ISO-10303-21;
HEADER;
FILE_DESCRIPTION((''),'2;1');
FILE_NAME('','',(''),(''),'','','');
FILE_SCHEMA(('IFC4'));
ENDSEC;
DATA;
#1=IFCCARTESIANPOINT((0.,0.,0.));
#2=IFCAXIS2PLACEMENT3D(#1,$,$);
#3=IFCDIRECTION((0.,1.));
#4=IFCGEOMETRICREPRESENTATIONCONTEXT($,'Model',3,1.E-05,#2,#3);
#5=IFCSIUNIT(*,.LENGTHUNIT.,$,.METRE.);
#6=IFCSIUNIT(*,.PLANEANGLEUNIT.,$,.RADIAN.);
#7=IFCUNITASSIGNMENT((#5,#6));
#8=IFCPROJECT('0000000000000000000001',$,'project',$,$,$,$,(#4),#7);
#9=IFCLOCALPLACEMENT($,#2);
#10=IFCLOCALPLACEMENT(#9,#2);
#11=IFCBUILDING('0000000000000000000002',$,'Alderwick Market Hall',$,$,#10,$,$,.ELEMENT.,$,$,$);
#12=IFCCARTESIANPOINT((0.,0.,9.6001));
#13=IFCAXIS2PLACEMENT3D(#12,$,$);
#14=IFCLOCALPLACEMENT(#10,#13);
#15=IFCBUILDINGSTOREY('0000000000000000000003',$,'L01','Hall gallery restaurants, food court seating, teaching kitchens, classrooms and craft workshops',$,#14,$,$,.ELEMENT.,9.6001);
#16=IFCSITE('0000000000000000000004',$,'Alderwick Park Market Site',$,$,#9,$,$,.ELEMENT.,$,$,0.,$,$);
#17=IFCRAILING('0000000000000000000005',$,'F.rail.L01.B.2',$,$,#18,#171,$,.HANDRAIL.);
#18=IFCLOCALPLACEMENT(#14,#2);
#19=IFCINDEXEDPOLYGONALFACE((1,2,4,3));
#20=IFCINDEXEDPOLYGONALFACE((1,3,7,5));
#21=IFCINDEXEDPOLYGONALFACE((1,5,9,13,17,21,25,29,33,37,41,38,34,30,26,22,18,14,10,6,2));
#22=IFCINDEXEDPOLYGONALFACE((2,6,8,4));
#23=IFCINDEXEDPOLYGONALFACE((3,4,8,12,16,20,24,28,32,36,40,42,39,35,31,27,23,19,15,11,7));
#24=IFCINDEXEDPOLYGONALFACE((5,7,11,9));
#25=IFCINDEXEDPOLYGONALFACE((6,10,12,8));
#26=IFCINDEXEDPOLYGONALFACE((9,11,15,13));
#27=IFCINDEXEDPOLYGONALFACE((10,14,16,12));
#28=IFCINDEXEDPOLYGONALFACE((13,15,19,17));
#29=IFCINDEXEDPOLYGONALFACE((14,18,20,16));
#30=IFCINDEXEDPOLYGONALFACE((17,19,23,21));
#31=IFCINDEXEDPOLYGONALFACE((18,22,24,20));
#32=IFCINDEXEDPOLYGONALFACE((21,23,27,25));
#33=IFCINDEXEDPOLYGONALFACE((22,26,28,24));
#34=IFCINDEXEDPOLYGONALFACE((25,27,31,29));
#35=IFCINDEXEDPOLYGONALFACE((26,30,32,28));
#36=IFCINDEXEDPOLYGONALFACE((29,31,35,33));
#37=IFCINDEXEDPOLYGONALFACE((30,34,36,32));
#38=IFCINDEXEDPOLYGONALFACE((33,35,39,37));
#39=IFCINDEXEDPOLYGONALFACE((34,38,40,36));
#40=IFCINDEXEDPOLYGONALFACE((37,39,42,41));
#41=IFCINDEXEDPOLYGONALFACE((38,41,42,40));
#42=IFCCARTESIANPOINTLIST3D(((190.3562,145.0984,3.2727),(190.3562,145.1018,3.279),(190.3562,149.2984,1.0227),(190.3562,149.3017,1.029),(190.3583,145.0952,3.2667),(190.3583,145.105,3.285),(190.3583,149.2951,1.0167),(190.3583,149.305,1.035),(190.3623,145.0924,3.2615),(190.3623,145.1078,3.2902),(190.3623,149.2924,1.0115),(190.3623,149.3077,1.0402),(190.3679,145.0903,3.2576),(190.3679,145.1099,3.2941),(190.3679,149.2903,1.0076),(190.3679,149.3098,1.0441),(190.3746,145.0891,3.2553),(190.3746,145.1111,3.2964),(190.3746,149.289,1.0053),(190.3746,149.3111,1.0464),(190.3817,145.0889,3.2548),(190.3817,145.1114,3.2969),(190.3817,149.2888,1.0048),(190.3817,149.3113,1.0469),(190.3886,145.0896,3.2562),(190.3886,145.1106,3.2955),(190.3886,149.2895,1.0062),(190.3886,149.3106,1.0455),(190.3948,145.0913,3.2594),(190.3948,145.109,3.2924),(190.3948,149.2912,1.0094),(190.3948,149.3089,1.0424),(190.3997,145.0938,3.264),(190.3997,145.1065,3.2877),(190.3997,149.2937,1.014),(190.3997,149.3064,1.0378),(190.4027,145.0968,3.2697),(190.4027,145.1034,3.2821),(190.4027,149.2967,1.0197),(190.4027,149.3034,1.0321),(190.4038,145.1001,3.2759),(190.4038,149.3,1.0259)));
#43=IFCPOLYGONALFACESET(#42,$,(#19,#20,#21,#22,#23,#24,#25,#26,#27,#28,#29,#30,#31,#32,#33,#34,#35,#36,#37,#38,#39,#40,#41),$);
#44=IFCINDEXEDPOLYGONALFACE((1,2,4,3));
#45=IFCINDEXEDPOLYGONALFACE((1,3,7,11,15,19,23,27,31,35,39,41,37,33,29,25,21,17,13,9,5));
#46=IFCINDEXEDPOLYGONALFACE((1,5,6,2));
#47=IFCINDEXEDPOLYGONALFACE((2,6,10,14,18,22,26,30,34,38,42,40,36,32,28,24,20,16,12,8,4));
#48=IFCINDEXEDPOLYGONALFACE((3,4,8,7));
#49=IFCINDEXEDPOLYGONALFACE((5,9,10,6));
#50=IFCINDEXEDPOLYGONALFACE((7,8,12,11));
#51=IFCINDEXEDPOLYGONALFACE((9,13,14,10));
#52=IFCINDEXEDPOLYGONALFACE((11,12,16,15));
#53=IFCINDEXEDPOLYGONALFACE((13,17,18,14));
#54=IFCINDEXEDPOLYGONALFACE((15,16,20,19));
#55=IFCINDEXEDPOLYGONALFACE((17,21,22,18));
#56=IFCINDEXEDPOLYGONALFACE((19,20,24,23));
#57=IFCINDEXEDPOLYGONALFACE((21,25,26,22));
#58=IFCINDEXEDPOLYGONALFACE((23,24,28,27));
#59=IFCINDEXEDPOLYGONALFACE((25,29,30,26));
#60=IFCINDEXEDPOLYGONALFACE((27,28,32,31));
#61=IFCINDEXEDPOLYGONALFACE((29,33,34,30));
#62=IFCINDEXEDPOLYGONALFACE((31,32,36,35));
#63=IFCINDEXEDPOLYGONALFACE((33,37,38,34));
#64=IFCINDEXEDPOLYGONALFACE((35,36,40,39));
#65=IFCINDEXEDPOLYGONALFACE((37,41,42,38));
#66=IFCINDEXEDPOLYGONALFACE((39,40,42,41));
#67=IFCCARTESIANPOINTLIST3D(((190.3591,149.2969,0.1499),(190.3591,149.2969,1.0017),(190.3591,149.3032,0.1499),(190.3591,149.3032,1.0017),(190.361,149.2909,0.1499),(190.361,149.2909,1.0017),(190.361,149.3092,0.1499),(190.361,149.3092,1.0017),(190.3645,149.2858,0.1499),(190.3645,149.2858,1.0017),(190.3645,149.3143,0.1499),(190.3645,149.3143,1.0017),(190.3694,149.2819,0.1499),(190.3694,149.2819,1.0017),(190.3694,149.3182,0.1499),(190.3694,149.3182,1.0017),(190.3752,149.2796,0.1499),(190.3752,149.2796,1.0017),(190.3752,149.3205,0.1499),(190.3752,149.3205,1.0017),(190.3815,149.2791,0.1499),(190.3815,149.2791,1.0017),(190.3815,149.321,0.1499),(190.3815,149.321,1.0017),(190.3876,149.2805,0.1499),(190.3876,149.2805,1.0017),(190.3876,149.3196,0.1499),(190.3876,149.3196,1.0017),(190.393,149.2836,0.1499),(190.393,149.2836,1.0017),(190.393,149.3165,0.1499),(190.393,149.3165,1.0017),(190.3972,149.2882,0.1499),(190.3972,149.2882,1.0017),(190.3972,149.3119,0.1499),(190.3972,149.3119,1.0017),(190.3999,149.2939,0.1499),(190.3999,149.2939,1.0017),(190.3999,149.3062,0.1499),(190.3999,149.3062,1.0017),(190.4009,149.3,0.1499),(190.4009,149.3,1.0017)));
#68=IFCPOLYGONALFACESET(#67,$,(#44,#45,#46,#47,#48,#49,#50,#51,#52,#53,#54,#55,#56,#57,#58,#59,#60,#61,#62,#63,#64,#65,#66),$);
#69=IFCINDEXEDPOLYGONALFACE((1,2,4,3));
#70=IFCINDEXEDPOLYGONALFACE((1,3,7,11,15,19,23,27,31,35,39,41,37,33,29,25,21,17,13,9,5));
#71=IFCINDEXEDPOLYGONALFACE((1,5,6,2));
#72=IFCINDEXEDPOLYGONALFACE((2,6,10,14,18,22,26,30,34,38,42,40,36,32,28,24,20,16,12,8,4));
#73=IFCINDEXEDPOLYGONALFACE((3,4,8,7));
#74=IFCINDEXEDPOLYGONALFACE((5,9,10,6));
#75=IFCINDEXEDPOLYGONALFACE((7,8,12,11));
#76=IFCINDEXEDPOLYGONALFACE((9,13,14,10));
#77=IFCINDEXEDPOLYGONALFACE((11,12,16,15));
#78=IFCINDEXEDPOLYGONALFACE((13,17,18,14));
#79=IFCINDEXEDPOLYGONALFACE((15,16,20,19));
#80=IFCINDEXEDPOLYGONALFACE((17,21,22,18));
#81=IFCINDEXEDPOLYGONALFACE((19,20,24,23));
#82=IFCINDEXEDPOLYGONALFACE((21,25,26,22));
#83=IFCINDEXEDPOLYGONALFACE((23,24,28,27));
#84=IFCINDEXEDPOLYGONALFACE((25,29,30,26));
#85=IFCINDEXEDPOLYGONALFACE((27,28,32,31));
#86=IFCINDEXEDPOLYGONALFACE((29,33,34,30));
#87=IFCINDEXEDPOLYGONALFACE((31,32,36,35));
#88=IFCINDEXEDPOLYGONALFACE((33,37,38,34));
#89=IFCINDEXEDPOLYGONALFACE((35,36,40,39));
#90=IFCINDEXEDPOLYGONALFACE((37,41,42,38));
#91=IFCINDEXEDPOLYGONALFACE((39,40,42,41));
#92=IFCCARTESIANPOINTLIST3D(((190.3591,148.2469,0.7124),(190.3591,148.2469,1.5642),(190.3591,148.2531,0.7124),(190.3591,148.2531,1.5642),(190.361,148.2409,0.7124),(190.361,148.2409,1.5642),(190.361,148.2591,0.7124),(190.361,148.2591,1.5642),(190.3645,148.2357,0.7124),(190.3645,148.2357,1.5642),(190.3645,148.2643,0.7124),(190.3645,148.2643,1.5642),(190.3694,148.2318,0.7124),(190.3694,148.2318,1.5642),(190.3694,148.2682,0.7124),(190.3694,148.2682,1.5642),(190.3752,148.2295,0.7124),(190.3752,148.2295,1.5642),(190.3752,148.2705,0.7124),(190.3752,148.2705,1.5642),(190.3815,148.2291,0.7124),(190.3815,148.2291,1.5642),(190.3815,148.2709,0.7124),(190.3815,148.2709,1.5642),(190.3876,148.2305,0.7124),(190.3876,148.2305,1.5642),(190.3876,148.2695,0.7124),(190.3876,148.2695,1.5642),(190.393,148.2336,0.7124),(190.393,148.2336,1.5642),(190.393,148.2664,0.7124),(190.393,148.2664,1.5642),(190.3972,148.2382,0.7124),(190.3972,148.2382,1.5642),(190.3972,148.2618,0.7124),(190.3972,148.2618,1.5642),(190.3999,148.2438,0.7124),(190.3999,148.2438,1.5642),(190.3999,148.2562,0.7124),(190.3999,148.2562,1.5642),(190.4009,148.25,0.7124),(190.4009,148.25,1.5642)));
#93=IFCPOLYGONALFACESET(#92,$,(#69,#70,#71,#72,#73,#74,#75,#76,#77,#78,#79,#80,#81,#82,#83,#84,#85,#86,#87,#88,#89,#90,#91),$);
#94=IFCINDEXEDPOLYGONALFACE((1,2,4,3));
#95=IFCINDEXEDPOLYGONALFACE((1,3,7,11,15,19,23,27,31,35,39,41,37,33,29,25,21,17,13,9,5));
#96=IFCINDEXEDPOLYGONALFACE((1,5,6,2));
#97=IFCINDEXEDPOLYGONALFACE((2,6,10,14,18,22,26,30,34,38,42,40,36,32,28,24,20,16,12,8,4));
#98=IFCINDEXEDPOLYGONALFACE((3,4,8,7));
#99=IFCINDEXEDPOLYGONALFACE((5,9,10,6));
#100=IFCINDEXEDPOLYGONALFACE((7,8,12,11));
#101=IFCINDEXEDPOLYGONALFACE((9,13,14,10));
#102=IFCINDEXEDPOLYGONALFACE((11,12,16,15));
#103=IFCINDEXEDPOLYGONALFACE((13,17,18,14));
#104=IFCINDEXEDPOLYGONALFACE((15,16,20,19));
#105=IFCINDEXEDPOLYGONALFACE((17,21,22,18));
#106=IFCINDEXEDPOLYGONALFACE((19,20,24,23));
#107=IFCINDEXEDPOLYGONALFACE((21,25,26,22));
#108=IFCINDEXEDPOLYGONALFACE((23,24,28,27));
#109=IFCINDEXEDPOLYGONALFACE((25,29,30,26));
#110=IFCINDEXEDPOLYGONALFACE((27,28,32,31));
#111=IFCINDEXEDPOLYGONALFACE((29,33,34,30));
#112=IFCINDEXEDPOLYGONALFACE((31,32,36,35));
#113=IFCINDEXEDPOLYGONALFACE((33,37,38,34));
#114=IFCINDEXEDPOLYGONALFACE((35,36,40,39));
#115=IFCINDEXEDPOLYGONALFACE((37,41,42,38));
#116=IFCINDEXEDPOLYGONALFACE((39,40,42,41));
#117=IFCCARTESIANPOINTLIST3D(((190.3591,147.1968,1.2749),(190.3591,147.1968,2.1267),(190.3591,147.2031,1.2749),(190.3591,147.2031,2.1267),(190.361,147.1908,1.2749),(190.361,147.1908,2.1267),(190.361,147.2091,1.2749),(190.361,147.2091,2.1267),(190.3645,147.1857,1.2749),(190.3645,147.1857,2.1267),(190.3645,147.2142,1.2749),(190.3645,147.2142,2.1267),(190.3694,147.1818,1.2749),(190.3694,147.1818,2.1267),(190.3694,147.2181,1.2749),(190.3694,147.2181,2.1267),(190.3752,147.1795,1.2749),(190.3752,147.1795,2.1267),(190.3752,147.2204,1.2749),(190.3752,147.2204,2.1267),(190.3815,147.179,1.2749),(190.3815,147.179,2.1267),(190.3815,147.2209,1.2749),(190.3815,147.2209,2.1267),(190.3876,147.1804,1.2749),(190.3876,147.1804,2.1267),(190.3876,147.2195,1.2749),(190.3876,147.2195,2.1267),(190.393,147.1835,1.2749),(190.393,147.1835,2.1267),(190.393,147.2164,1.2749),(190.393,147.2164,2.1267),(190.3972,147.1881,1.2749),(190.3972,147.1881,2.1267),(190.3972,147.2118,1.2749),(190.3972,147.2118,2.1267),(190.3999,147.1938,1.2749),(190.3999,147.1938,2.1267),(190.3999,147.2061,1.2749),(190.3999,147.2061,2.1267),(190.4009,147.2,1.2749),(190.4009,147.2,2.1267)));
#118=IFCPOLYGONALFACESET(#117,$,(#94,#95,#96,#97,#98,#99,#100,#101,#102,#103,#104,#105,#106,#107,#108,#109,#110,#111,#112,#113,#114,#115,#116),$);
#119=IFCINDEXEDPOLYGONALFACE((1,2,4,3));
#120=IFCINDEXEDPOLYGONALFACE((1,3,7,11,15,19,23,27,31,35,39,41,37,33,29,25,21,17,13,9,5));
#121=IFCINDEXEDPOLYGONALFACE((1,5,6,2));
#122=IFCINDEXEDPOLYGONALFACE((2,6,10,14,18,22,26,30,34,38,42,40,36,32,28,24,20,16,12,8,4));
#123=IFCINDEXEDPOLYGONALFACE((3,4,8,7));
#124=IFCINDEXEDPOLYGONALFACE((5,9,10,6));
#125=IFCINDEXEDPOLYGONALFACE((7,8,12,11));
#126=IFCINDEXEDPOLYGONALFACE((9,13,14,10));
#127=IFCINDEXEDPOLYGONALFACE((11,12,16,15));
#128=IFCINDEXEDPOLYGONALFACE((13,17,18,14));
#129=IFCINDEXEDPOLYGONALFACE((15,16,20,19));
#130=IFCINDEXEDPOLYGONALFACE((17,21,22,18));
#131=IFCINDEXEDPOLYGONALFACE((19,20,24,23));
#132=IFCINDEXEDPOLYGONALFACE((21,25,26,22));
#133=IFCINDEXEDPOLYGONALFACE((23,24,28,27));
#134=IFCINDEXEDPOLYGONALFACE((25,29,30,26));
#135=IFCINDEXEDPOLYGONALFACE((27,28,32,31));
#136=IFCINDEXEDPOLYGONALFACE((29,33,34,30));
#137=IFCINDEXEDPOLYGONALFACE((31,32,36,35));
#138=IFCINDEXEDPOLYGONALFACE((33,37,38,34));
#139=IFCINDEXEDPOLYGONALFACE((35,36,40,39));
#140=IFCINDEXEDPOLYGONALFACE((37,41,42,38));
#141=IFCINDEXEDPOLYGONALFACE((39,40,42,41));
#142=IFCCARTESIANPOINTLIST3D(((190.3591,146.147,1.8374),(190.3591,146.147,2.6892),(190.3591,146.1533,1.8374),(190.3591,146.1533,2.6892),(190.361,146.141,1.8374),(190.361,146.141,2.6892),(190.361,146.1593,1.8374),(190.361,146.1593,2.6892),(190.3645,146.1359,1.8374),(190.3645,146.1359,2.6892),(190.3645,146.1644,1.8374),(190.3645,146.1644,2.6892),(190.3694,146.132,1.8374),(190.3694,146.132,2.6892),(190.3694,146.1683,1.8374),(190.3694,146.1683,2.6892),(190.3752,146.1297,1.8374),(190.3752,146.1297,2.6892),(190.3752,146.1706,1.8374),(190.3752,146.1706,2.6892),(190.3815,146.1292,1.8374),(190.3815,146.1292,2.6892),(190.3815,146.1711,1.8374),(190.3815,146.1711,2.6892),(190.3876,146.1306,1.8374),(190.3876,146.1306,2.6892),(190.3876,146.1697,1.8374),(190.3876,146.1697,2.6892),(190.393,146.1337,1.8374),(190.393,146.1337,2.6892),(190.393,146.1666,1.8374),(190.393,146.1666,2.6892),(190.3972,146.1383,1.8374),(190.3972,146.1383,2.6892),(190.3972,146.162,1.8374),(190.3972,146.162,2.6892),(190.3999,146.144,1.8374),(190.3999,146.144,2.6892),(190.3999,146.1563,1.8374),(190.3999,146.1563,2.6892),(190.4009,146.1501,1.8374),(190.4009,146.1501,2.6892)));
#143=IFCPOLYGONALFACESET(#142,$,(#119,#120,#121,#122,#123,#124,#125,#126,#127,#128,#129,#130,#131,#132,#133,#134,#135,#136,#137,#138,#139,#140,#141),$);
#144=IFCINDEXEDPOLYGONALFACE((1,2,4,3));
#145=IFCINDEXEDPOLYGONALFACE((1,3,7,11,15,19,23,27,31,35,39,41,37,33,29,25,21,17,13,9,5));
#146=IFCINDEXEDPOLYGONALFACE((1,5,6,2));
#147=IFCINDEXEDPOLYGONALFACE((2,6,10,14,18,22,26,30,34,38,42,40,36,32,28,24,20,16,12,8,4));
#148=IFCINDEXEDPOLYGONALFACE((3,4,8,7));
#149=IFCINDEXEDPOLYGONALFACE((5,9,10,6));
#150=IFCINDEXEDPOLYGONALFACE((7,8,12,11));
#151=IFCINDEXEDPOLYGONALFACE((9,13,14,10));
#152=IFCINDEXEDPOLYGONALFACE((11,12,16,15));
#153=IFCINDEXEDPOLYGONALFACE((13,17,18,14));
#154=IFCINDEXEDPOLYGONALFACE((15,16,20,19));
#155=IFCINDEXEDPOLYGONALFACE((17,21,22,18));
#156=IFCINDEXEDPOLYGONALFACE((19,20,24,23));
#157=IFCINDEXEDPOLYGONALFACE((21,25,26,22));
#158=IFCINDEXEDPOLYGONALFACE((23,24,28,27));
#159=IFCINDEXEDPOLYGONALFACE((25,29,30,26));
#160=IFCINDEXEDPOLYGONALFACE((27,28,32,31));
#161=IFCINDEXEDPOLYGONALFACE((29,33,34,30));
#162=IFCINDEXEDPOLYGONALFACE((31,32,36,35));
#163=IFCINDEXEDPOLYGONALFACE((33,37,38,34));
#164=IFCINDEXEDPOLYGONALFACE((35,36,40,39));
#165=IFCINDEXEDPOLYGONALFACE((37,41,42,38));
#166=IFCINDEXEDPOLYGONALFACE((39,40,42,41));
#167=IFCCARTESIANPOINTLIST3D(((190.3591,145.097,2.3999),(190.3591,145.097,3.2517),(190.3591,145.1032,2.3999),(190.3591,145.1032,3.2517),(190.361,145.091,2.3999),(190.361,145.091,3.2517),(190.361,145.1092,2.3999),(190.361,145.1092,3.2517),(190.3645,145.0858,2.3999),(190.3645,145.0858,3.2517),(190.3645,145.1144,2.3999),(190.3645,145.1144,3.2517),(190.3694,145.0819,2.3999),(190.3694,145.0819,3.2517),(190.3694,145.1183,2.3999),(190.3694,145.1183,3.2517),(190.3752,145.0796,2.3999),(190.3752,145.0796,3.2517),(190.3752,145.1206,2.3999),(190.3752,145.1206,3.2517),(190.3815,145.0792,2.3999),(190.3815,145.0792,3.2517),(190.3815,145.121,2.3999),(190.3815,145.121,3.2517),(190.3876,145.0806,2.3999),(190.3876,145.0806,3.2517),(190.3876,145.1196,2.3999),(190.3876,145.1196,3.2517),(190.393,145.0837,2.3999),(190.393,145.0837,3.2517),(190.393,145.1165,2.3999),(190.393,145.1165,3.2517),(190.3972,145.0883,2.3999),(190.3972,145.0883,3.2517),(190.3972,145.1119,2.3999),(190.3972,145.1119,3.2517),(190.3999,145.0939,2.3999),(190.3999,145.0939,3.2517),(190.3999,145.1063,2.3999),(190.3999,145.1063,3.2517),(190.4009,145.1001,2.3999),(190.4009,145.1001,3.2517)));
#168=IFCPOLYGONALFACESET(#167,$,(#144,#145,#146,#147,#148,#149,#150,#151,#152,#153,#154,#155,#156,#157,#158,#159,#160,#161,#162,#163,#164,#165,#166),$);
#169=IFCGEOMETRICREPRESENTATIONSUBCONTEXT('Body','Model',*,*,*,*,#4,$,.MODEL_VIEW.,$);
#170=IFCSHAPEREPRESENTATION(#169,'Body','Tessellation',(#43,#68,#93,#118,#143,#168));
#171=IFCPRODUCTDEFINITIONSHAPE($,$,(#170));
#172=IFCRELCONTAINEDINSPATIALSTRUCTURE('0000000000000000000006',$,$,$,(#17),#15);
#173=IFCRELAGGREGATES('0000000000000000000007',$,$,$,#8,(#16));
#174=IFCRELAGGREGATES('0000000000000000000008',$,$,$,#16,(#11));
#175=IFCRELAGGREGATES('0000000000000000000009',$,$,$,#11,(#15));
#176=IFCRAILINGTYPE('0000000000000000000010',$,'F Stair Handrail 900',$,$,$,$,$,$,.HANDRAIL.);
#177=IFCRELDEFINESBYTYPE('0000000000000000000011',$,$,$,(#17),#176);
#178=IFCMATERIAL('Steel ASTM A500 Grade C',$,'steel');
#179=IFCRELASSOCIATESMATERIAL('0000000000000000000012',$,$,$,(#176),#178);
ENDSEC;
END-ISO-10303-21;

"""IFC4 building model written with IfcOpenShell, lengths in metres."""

from ifc_helpers import new_model, si_unit, direction, frame, origin, origin_2d, place, context, subcontext, project, spatial, circle, extrude, material, type_object, element, save


model = new_model("IFC4")

# Units and contexts
model_context = context("Model", 3, precision=1e-05, world=origin(), true_north=direction((0.0, 1.0)))
body_context = subcontext(model_context, "Body", "Model", "MODEL_VIEW")
ifc_project = project(units=[si_unit("LENGTHUNIT", "METRE"), si_unit("PLANEANGLEUNIT", "RADIAN")], contexts=[model_context])

# Site, building, storey
site_placement = place(None, origin())
site = spatial("IfcSite", under=ifc_project, at=site_placement, Name="Alderwick Park Market Site", CompositionType="ELEMENT", RefElevation=0.0)
building_placement = place(site_placement, origin())
building = spatial("IfcBuilding", under=site, at=building_placement, Name="Alderwick Market Hall", CompositionType="ELEMENT")
storey_placement = place(building_placement, frame((0.0, 0.0, 9.6001)))
storey = spatial("IfcBuildingStorey", under=building, at=storey_placement, Name="L01", Description="Hall gallery restaurants, food court seating, teaching kitchens, classrooms and craft workshops", CompositionType="ELEMENT", Elevation=9.6001)

# Railing
ifc_material_1 = material(Name="Steel ASTM A500 Grade C", Category="steel")
railing_type = type_object("IfcRailingType", Name="F Stair Handrail 900", PredefinedType="HANDRAIL", material=ifc_material_1)
for number, where, name in (
    (1, (190.3799, 149.3, 0.1499), "F.rail.L01.B.2"),
):
    element("IfcRailing", number, at=place(storey_placement, frame(where)), inside=storey, type_object=railing_type, Name=name, PredefinedType="HANDRAIL", context=body_context, shape_type="SweptSolid", body=[
        extrude(circle(Radius=0.0239, at=origin_2d()), frame((0.0, 0.0, 0.876), z_axis=(0.0, -0.881478, 0.472226), x_axis=(1.0, 0.0, 0.0)), (0.0, 0.0, 1.0), 4.7646),
        extrude(circle(Radius=0.021, at=origin_2d()), origin(), (0.0, 0.0, 1.0), 0.8518),
        extrude(circle(Radius=0.021, at=origin_2d()), frame((0.0, -1.05, 0.5625)), (0.0, 0.0, 1.0), 0.8518),
        extrude(circle(Radius=0.021, at=origin_2d()), frame((0.0, -2.1001, 1.125)), (0.0, 0.0, 1.0), 0.8518),
        extrude(circle(Radius=0.021, at=origin_2d()), frame((0.0, -3.1499, 1.6875)), (0.0, 0.0, 1.0), 0.8518),
        extrude(circle(Radius=0.021, at=origin_2d()), frame((0.0, -4.2, 2.25)), (0.0, 0.0, 1.0), 0.8518),
    ])

save(model, "model.ifc")
